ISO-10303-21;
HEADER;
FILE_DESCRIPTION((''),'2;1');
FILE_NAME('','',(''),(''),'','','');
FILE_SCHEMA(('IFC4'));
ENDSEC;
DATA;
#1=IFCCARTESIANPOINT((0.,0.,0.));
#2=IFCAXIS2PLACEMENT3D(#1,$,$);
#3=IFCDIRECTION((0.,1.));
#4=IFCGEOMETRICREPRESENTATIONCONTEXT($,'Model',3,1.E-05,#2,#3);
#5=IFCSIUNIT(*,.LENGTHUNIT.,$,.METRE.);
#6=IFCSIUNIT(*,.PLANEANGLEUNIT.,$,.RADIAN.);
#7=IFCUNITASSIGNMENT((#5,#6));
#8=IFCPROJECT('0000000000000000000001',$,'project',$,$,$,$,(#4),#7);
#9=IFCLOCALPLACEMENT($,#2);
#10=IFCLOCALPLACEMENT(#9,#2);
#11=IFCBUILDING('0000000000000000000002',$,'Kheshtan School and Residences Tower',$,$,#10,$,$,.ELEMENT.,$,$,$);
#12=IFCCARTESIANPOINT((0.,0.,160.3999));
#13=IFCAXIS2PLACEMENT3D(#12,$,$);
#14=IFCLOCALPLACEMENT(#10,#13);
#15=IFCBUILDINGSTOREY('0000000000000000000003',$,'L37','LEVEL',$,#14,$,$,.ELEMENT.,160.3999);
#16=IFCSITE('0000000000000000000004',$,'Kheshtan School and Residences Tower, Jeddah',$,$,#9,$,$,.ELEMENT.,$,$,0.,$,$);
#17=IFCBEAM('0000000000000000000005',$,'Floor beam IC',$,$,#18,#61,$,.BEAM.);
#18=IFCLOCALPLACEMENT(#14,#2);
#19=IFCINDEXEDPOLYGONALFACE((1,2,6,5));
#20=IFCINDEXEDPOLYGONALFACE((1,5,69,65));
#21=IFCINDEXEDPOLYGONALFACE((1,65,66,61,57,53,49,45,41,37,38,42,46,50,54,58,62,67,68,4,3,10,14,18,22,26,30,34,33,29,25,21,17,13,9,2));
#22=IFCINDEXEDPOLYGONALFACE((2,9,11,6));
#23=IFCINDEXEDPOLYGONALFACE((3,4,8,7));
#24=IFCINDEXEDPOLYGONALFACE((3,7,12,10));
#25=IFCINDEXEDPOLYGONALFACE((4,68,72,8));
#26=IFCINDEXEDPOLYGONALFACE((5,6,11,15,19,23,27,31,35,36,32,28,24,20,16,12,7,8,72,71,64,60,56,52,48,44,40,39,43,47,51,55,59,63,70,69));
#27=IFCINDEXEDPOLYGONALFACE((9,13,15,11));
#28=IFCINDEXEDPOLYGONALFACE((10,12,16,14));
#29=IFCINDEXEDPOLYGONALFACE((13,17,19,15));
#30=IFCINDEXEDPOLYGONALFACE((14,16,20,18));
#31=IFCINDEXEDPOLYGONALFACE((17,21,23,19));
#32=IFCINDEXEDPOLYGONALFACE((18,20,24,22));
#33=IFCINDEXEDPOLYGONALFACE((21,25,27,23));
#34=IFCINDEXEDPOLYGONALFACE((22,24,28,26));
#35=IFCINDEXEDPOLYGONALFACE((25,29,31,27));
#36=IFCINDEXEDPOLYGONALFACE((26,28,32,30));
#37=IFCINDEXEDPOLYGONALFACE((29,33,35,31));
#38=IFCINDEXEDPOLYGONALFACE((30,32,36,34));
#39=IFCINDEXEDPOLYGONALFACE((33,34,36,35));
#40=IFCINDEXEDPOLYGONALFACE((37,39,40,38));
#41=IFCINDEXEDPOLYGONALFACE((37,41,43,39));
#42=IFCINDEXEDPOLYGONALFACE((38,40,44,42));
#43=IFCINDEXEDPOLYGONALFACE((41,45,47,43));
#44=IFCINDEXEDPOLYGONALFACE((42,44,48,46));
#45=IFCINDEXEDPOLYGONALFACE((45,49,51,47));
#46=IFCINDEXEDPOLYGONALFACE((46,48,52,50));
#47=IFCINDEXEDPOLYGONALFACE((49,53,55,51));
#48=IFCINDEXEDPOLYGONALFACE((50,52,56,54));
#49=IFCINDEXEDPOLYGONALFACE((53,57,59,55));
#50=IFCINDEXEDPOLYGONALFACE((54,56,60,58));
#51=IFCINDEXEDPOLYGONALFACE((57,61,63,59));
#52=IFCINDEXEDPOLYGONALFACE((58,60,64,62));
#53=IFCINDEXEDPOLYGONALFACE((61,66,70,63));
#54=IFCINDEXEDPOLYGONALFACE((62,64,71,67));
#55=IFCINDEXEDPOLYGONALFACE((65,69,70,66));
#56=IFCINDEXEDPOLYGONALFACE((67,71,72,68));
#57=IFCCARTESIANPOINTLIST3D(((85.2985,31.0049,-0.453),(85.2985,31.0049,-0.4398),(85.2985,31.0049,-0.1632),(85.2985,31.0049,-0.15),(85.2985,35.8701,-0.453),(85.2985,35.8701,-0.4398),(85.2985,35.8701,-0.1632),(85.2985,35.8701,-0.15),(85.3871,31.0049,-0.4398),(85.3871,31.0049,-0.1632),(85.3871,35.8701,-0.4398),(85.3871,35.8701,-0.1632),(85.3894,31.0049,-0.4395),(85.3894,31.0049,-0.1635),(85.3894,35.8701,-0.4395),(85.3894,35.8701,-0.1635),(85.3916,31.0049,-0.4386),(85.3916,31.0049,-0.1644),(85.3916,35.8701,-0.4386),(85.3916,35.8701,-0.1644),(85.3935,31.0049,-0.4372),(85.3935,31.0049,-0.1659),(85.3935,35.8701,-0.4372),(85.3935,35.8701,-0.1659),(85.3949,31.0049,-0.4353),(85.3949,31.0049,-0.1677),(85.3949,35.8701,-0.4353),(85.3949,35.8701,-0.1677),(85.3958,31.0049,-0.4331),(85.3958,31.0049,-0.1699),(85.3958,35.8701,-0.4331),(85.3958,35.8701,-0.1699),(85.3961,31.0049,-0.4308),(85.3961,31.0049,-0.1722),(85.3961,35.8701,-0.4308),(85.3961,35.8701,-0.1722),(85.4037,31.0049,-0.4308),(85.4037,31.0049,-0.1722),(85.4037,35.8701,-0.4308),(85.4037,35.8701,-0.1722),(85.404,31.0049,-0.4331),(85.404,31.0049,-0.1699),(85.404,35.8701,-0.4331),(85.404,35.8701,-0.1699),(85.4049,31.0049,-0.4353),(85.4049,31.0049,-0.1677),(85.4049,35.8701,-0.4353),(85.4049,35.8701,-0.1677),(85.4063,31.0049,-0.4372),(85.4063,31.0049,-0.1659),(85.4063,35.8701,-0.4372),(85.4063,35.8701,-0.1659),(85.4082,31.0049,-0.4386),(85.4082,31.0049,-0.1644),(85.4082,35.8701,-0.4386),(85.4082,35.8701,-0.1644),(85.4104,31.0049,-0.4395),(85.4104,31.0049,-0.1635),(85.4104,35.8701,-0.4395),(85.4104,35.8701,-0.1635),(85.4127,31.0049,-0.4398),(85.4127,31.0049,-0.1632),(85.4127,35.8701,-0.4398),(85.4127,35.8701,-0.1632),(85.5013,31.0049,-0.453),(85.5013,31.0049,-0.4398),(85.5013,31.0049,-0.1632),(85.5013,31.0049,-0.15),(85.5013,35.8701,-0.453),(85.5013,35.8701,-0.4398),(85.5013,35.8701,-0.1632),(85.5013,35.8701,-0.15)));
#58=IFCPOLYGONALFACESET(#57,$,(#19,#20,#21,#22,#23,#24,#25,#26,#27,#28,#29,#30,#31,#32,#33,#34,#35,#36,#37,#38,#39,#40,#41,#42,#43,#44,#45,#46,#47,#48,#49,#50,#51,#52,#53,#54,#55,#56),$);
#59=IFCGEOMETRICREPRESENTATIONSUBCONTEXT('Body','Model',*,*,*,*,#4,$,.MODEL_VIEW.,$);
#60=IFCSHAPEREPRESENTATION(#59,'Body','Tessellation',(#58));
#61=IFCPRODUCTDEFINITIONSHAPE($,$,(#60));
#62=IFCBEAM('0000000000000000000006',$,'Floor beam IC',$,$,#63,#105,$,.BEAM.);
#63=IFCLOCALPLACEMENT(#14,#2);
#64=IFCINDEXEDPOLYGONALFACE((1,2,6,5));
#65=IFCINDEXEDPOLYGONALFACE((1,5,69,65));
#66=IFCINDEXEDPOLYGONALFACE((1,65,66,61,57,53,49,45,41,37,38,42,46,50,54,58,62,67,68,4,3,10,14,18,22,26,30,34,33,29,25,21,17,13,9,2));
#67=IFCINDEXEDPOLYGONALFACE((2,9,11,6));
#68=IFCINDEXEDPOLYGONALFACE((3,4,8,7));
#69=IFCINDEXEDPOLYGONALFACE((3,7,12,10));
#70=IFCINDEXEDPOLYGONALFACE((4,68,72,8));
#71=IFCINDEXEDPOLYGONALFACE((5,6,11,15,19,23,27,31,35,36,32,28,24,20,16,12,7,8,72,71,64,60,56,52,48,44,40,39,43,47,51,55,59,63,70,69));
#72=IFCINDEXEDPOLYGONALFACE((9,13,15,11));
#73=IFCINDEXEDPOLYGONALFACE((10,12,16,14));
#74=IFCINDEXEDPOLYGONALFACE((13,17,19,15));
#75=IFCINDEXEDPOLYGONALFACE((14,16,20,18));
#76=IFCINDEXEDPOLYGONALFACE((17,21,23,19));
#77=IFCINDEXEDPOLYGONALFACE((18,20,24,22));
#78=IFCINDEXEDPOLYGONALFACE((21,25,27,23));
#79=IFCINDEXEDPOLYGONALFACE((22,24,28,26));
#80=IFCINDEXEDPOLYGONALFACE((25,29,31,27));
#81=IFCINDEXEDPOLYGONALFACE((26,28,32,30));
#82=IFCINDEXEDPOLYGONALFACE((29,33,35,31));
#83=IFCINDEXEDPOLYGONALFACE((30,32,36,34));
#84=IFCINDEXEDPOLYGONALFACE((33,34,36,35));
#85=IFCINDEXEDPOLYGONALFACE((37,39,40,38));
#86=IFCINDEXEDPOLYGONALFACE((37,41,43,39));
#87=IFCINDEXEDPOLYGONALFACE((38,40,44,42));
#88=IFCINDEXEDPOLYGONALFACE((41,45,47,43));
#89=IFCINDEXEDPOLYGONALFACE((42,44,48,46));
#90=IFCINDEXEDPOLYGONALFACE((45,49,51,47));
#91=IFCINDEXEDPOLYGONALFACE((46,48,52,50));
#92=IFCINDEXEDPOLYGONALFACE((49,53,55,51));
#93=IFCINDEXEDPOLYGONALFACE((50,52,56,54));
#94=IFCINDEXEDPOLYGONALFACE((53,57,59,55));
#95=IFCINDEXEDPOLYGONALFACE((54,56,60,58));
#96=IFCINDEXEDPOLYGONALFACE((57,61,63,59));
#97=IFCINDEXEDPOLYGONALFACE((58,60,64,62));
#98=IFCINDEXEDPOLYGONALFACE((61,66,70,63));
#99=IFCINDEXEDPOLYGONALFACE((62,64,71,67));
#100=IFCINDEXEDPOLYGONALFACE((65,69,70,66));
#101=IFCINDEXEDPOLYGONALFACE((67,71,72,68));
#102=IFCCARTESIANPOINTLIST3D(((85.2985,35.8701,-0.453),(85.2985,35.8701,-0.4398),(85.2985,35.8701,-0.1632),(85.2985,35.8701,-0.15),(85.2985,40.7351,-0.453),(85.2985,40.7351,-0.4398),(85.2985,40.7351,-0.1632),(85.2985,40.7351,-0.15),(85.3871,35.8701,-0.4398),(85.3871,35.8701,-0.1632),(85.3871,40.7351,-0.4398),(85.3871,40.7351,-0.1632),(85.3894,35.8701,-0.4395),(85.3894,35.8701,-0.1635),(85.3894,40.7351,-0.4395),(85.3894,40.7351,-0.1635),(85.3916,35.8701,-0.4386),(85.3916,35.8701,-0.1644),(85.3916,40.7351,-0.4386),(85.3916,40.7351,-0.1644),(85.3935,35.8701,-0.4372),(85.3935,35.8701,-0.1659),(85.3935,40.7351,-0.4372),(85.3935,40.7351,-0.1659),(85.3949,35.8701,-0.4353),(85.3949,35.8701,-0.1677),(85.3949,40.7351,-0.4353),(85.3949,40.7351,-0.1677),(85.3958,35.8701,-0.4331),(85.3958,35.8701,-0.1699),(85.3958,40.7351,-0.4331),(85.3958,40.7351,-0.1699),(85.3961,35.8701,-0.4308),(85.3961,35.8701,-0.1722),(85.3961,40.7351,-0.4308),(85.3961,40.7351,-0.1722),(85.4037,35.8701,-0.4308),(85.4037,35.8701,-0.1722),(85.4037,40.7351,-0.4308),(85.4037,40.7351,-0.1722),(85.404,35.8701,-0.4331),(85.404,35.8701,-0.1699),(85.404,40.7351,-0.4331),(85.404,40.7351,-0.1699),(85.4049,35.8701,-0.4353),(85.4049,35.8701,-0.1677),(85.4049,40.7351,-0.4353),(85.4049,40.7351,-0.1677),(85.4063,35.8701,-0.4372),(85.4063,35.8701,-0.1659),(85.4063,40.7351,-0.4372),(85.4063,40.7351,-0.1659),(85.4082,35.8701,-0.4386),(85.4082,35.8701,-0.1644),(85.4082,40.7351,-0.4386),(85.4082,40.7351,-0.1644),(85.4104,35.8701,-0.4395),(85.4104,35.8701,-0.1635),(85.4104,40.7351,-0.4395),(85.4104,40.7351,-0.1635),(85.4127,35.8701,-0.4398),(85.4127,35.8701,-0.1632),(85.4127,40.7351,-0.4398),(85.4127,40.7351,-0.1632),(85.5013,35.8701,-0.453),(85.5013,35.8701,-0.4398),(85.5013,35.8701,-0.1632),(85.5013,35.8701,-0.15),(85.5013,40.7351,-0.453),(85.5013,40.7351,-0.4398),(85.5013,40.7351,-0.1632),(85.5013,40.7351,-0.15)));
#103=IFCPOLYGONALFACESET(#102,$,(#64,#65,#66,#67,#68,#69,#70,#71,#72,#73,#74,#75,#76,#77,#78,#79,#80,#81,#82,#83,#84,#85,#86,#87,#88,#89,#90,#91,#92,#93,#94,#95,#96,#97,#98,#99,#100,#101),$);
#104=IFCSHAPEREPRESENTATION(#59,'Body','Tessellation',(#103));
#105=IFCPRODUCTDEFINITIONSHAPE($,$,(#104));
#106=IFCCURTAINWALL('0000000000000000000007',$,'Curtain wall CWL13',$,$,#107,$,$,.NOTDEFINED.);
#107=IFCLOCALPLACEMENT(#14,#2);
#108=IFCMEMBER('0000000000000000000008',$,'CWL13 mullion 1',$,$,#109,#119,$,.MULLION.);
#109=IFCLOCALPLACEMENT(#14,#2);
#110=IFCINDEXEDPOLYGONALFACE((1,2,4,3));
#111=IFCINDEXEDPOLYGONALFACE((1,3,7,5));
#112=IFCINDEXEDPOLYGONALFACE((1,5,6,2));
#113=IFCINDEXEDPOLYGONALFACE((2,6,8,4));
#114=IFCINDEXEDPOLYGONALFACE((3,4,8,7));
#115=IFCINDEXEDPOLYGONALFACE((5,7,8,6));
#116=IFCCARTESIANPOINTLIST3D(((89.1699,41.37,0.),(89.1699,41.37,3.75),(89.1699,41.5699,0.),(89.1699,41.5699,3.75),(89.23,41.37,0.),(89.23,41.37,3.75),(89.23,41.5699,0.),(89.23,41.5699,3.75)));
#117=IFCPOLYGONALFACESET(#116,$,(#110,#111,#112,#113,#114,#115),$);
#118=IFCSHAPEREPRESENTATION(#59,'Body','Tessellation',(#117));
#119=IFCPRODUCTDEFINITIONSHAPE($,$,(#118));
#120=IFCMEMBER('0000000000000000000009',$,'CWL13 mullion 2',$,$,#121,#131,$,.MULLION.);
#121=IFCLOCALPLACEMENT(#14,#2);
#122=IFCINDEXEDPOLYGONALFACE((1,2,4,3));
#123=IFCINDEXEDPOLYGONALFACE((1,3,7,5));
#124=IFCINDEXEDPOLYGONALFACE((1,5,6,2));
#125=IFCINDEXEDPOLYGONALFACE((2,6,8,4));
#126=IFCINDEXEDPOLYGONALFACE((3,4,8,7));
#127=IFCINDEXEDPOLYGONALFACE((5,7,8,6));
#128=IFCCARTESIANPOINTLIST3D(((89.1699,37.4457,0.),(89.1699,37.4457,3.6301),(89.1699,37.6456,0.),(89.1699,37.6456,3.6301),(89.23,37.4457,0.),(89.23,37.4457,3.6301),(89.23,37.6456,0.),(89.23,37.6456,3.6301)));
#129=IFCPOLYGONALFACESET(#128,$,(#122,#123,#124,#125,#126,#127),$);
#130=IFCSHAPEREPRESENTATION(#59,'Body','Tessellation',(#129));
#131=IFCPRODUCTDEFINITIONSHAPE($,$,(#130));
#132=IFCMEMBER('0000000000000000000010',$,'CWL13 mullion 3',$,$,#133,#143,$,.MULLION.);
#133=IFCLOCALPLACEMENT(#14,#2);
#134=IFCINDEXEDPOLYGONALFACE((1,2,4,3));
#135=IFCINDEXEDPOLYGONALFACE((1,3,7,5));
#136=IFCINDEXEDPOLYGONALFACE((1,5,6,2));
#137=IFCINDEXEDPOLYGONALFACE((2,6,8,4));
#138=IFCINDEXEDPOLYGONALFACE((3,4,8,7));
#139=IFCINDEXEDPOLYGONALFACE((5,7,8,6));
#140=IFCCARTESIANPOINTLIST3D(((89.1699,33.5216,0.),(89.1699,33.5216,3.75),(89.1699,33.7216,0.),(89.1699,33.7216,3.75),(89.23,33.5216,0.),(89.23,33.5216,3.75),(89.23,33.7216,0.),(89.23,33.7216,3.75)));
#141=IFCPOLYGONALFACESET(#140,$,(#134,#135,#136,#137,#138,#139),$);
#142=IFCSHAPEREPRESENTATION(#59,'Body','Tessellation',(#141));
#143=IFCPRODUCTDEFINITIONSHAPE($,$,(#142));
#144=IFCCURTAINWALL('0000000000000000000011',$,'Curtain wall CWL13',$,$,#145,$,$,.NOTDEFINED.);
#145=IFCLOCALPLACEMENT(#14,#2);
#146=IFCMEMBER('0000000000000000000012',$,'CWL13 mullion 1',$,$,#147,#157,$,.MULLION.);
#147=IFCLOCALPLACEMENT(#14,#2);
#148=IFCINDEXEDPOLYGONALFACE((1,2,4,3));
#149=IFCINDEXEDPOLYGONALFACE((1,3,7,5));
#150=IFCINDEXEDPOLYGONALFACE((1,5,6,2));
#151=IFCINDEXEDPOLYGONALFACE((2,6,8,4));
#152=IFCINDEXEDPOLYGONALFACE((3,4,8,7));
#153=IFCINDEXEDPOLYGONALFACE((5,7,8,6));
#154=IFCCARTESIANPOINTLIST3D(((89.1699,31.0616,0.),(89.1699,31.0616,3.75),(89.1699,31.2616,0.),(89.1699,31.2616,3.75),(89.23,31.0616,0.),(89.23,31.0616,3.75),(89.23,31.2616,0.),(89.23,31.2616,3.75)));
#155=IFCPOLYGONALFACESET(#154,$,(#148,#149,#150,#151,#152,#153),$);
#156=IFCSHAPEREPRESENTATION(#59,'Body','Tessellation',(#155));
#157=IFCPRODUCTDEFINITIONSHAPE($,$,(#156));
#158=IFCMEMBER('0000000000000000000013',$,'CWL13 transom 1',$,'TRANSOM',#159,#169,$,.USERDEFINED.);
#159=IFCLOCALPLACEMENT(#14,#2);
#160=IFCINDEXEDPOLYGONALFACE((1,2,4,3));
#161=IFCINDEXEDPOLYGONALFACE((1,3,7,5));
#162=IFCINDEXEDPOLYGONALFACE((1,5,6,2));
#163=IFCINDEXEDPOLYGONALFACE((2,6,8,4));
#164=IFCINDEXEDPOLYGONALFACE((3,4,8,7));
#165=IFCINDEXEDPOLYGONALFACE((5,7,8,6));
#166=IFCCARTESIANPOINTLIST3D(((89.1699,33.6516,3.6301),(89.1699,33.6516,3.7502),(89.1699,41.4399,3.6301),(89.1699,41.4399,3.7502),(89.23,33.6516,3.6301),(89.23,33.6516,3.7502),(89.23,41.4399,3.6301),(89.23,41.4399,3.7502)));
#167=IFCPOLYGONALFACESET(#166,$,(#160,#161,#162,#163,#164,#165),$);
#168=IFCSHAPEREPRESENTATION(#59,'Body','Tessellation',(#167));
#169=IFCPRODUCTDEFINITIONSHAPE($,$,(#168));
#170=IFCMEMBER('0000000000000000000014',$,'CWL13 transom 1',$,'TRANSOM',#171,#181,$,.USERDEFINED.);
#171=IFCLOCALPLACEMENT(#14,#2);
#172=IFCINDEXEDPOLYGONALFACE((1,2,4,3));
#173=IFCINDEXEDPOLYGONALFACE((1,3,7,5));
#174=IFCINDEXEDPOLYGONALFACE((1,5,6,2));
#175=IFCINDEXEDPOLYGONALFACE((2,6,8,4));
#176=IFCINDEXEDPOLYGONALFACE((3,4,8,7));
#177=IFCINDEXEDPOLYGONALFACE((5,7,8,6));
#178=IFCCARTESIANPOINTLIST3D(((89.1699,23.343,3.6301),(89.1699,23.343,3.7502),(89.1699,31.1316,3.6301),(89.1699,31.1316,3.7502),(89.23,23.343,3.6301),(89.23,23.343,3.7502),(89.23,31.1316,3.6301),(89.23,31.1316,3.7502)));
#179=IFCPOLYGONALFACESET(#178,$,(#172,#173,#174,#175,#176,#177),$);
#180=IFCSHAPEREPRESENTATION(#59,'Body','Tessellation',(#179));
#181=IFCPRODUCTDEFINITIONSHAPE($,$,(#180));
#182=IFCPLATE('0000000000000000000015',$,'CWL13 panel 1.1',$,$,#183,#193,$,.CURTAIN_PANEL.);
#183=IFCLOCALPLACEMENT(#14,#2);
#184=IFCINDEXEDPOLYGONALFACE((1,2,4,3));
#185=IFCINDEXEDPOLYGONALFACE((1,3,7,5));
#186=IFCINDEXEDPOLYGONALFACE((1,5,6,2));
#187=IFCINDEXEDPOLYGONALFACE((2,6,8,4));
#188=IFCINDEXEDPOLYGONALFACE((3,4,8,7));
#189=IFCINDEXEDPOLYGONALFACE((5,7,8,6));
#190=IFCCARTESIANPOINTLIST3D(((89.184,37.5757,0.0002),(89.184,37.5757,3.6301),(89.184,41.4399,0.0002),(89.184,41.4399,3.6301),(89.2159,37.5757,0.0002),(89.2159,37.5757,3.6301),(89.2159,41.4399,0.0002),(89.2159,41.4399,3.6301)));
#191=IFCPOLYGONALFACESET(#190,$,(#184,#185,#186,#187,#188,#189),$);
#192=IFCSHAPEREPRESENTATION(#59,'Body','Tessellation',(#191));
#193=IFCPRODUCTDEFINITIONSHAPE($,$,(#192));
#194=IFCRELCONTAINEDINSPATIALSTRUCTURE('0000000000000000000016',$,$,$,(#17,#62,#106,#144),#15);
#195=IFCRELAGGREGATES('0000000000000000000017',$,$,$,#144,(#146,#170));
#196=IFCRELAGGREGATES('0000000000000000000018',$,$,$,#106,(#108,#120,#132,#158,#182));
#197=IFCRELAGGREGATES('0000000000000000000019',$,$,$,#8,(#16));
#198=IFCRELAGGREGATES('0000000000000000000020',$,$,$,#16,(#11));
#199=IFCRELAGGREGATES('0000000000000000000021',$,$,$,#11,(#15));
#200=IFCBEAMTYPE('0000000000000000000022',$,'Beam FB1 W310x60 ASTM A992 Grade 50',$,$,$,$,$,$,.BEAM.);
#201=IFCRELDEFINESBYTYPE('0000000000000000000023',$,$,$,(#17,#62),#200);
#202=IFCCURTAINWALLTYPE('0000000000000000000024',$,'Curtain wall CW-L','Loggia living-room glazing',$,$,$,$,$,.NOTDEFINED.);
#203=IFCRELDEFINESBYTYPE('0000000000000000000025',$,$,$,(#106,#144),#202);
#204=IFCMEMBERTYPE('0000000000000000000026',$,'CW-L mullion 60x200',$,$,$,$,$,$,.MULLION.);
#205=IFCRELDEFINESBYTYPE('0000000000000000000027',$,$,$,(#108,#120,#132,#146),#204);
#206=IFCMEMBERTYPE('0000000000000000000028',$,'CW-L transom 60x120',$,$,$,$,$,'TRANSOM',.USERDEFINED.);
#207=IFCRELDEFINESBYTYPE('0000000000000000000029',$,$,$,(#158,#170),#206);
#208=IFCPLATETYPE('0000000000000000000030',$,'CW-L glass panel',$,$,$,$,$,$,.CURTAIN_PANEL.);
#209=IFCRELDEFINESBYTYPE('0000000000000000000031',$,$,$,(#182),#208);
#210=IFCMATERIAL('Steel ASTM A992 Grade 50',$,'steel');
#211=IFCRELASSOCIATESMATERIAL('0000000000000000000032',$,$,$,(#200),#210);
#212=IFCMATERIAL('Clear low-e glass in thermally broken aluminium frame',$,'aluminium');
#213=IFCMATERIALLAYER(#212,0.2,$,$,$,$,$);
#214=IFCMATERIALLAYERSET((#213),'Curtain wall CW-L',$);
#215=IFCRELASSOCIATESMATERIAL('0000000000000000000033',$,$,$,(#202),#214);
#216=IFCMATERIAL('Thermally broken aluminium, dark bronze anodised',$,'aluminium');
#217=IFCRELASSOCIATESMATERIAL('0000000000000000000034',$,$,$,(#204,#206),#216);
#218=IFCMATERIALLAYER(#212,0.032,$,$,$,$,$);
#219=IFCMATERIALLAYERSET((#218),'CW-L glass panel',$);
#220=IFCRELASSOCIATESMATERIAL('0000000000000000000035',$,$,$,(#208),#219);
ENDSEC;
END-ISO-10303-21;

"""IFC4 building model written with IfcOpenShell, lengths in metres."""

from ifc_helpers import new_model, si_unit, direction, frame, origin, origin_2d, place, context, subcontext, project, spatial, rectangle, i_section, extrude, material, layer, layer_set, material_profile, profile_set, type_object, element, aggregate, save


model = new_model("IFC4")

# Units and contexts
model_context = context("Model", 3, precision=1e-05, world=origin(), true_north=direction((0.0, 1.0)))
body_context = subcontext(model_context, "Body", "Model", "MODEL_VIEW")
ifc_project = project(units=[si_unit("LENGTHUNIT", "METRE"), si_unit("PLANEANGLEUNIT", "RADIAN")], contexts=[model_context])

# Site, building, storey
site_placement = place(None, origin())
site = spatial("IfcSite", under=ifc_project, at=site_placement, Name="Kheshtan School and Residences Tower, Jeddah", CompositionType="ELEMENT", RefElevation=0.0)
building_placement = place(site_placement, origin())
building = spatial("IfcBuilding", under=site, at=building_placement, Name="Kheshtan School and Residences Tower", CompositionType="ELEMENT")
storey_placement = place(building_placement, frame((0.0, 0.0, 160.3999)))
storey = spatial("IfcBuildingStorey", under=building, at=storey_placement, Name="L37", Description="LEVEL", CompositionType="ELEMENT", Elevation=160.3999)

# Beams
ifc_material_1 = material(Name="Steel ASTM A992 Grade 50", Category="steel")
ifc_material_profile_1 = material_profile(ifc_material_1, i_section(OverallWidth=0.2029, OverallDepth=0.303, WebThickness=0.0076, FlangeThickness=0.0132, FilletRadius=0.009, at=origin_2d()), Name="W310x60")
ifc_profile_set_1 = profile_set([ifc_material_profile_1], Name="Steel ASTM A992 Grade 50")
beam_type = type_object("IfcBeamType", Name="Beam FB1 W310x60 ASTM A992 Grade 50", PredefinedType="BEAM", material=ifc_profile_set_1)
beam_1_placement = place(storey_placement, frame((85.3999, 31.0049, -0.3015), z_axis=(0.0, 1.0, 0.0), x_axis=(-1.0, 0.0, 0.0)))
element("IfcBeam", 1, at=beam_1_placement, inside=storey, type_object=beam_type, Name="Floor beam IC", PredefinedType="BEAM", context=body_context, shape_type="SweptSolid", body=[
    extrude(i_section(OverallWidth=0.2029, OverallDepth=0.303, WebThickness=0.0076, FlangeThickness=0.0132, FilletRadius=0.009, at=origin_2d()), origin(), (0.0, 0.0, 1.0), 4.8652),
])
beam_2_placement = place(storey_placement, frame((85.3999, 40.7351, -0.3015), z_axis=(0.0, -1.0, 0.0), x_axis=(1.0, 0.0, 0.0)))
element("IfcBeam", 2, at=beam_2_placement, inside=storey, type_object=beam_type, Name="Floor beam IC", PredefinedType="BEAM", context=body_context, shape_type="SweptSolid", body=[
    extrude(i_section(OverallWidth=0.2029, OverallDepth=0.303, WebThickness=0.0076, FlangeThickness=0.0132, FilletRadius=0.009, at=origin_2d()), origin(), (0.0, 0.0, 1.0), 4.865),
])

# Curtain wall, members
ifc_material_2 = material(Name="Clear low-e glass in thermally broken aluminium frame", Category="aluminium")
ifc_layer_1 = layer(ifc_material_2, 0.2)
ifc_layer_set_1 = layer_set([ifc_layer_1], Name="Curtain wall CW-L")
curtain_wall_type = type_object("IfcCurtainWallType", Name="Curtain wall CW-L", Description="Loggia living-room glazing", PredefinedType="NOTDEFINED", material=ifc_layer_set_1)
curtain_wall_1_placement = place(storey_placement, origin())
curtain_wall_1 = element("IfcCurtainWall", 3, at=curtain_wall_1_placement, inside=storey, type_object=curtain_wall_type, Name="Curtain wall CWL13", PredefinedType="NOTDEFINED")
ifc_material_3 = material(Name="Thermally broken aluminium, dark bronze anodised", Category="aluminium")
ifc_material_profile_2 = material_profile(ifc_material_3, rectangle(XDim=0.0601, YDim=0.2, at=origin_2d()), Name="CW-L mullion 60x200")
ifc_profile_set_2 = profile_set([ifc_material_profile_2], Name="Thermally broken aluminium, dark bronze anodised")
member_type_1 = type_object("IfcMemberType", Name="CW-L mullion 60x200", PredefinedType="MULLION", material=ifc_profile_set_2)
member_1_placement = place(storey_placement, frame((89.2, 41.47, 0.0), z_axis=(0.0, 0.0, 1.0), x_axis=(1.0, 0.0, 0.0)))
member_1 = element("IfcMember", 4, at=member_1_placement, type_object=member_type_1, Name="CWL13 mullion 1", PredefinedType="MULLION", context=body_context, shape_type="SweptSolid", body=[
    extrude(rectangle(XDim=0.0601, YDim=0.2, at=origin_2d()), origin(), (0.0, 0.0, 1.0), 3.75),
])
member_2_placement = place(storey_placement, frame((89.2, 37.5457, 0.0), z_axis=(0.0, 0.0, 1.0), x_axis=(1.0, 0.0, 0.0)))
member_2 = element("IfcMember", 5, at=member_2_placement, type_object=member_type_1, Name="CWL13 mullion 2", PredefinedType="MULLION", context=body_context, shape_type="SweptSolid", body=[
    extrude(rectangle(XDim=0.0601, YDim=0.2, at=origin_2d()), origin(), (0.0, 0.0, 1.0), 3.6301),
])
member_3_placement = place(storey_placement, frame((89.2, 33.6216, 0.0), z_axis=(0.0, 0.0, 1.0), x_axis=(1.0, 0.0, 0.0)))
member_3 = element("IfcMember", 6, at=member_3_placement, type_object=member_type_1, Name="CWL13 mullion 3", PredefinedType="MULLION", context=body_context, shape_type="SweptSolid", body=[
    extrude(rectangle(XDim=0.0601, YDim=0.2, at=origin_2d()), origin(), (0.0, 0.0, 1.0), 3.75),
])

# Curtain wall, member
curtain_wall_2_placement = place(storey_placement, origin())
curtain_wall_2 = element("IfcCurtainWall", 7, at=curtain_wall_2_placement, inside=storey, type_object=curtain_wall_type, Name="Curtain wall CWL13", PredefinedType="NOTDEFINED")
member_4_placement = place(storey_placement, frame((89.2, 31.1616, 0.0), z_axis=(0.0, 0.0, 1.0), x_axis=(1.0, 0.0, 0.0)))
member_4 = element("IfcMember", 8, at=member_4_placement, type_object=member_type_1, Name="CWL13 mullion 1", PredefinedType="MULLION", context=body_context, shape_type="SweptSolid", body=[
    extrude(rectangle(XDim=0.0601, YDim=0.2, at=origin_2d()), origin(), (0.0, 0.0, 1.0), 3.75),
])

# Members
ifc_material_profile_3 = material_profile(ifc_material_3, rectangle(XDim=0.0601, YDim=0.1201, at=origin_2d()), Name="CW-L transom 60x120")
ifc_profile_set_3 = profile_set([ifc_material_profile_3], Name="Thermally broken aluminium, dark bronze anodised")
member_type_2 = type_object("IfcMemberType", Name="CW-L transom 60x120", ElementType="TRANSOM", PredefinedType="USERDEFINED", material=ifc_profile_set_3)
member_5_placement = place(storey_placement, frame((89.2, 41.4399, 3.6902), z_axis=(0.0, -1.0, 0.0), x_axis=(1.0, 0.0, 0.0)))
member_5 = element("IfcMember", 9, at=member_5_placement, type_object=member_type_2, Name="CWL13 transom 1", ObjectType="TRANSOM", PredefinedType="USERDEFINED", context=body_context, shape_type="SweptSolid", body=[
    extrude(rectangle(XDim=0.0601, YDim=0.1201, at=origin_2d()), origin(), (0.0, 0.0, 1.0), 7.7883),
])
member_6_placement = place(storey_placement, frame((89.2, 31.1316, 3.6902), z_axis=(0.0, -1.0, 0.0), x_axis=(1.0, 0.0, 0.0)))
member_6 = element("IfcMember", 10, at=member_6_placement, type_object=member_type_2, Name="CWL13 transom 1", ObjectType="TRANSOM", PredefinedType="USERDEFINED", context=body_context, shape_type="SweptSolid", body=[
    extrude(rectangle(XDim=0.0601, YDim=0.1201, at=origin_2d()), origin(), (0.0, 0.0, 1.0), 7.7886),
])
aggregate(curtain_wall_2, [member_4, member_6])

# Plate
ifc_layer_2 = layer(ifc_material_2, 0.032)
ifc_layer_set_2 = layer_set([ifc_layer_2], Name="CW-L glass panel")
plate_type = type_object("IfcPlateType", Name="CW-L glass panel", PredefinedType="CURTAIN_PANEL", material=ifc_layer_set_2)
plate_1_placement = place(storey_placement, frame((89.2, 39.5078, 0.0002), z_axis=(0.0, 0.0, 1.0), x_axis=(0.0, -1.0, 0.0)))
plate_1 = element("IfcPlate", 11, at=plate_1_placement, type_object=plate_type, Name="CWL13 panel 1.1", PredefinedType="CURTAIN_PANEL", context=body_context, shape_type="SweptSolid", body=[
    extrude(rectangle(XDim=3.8643, YDim=0.032, at=origin_2d()), origin(), (0.0, 0.0, 1.0), 3.6299),
])
aggregate(curtain_wall_1, [member_1, member_2, member_3, member_5, plate_1])

save(model, "model.ifc")
